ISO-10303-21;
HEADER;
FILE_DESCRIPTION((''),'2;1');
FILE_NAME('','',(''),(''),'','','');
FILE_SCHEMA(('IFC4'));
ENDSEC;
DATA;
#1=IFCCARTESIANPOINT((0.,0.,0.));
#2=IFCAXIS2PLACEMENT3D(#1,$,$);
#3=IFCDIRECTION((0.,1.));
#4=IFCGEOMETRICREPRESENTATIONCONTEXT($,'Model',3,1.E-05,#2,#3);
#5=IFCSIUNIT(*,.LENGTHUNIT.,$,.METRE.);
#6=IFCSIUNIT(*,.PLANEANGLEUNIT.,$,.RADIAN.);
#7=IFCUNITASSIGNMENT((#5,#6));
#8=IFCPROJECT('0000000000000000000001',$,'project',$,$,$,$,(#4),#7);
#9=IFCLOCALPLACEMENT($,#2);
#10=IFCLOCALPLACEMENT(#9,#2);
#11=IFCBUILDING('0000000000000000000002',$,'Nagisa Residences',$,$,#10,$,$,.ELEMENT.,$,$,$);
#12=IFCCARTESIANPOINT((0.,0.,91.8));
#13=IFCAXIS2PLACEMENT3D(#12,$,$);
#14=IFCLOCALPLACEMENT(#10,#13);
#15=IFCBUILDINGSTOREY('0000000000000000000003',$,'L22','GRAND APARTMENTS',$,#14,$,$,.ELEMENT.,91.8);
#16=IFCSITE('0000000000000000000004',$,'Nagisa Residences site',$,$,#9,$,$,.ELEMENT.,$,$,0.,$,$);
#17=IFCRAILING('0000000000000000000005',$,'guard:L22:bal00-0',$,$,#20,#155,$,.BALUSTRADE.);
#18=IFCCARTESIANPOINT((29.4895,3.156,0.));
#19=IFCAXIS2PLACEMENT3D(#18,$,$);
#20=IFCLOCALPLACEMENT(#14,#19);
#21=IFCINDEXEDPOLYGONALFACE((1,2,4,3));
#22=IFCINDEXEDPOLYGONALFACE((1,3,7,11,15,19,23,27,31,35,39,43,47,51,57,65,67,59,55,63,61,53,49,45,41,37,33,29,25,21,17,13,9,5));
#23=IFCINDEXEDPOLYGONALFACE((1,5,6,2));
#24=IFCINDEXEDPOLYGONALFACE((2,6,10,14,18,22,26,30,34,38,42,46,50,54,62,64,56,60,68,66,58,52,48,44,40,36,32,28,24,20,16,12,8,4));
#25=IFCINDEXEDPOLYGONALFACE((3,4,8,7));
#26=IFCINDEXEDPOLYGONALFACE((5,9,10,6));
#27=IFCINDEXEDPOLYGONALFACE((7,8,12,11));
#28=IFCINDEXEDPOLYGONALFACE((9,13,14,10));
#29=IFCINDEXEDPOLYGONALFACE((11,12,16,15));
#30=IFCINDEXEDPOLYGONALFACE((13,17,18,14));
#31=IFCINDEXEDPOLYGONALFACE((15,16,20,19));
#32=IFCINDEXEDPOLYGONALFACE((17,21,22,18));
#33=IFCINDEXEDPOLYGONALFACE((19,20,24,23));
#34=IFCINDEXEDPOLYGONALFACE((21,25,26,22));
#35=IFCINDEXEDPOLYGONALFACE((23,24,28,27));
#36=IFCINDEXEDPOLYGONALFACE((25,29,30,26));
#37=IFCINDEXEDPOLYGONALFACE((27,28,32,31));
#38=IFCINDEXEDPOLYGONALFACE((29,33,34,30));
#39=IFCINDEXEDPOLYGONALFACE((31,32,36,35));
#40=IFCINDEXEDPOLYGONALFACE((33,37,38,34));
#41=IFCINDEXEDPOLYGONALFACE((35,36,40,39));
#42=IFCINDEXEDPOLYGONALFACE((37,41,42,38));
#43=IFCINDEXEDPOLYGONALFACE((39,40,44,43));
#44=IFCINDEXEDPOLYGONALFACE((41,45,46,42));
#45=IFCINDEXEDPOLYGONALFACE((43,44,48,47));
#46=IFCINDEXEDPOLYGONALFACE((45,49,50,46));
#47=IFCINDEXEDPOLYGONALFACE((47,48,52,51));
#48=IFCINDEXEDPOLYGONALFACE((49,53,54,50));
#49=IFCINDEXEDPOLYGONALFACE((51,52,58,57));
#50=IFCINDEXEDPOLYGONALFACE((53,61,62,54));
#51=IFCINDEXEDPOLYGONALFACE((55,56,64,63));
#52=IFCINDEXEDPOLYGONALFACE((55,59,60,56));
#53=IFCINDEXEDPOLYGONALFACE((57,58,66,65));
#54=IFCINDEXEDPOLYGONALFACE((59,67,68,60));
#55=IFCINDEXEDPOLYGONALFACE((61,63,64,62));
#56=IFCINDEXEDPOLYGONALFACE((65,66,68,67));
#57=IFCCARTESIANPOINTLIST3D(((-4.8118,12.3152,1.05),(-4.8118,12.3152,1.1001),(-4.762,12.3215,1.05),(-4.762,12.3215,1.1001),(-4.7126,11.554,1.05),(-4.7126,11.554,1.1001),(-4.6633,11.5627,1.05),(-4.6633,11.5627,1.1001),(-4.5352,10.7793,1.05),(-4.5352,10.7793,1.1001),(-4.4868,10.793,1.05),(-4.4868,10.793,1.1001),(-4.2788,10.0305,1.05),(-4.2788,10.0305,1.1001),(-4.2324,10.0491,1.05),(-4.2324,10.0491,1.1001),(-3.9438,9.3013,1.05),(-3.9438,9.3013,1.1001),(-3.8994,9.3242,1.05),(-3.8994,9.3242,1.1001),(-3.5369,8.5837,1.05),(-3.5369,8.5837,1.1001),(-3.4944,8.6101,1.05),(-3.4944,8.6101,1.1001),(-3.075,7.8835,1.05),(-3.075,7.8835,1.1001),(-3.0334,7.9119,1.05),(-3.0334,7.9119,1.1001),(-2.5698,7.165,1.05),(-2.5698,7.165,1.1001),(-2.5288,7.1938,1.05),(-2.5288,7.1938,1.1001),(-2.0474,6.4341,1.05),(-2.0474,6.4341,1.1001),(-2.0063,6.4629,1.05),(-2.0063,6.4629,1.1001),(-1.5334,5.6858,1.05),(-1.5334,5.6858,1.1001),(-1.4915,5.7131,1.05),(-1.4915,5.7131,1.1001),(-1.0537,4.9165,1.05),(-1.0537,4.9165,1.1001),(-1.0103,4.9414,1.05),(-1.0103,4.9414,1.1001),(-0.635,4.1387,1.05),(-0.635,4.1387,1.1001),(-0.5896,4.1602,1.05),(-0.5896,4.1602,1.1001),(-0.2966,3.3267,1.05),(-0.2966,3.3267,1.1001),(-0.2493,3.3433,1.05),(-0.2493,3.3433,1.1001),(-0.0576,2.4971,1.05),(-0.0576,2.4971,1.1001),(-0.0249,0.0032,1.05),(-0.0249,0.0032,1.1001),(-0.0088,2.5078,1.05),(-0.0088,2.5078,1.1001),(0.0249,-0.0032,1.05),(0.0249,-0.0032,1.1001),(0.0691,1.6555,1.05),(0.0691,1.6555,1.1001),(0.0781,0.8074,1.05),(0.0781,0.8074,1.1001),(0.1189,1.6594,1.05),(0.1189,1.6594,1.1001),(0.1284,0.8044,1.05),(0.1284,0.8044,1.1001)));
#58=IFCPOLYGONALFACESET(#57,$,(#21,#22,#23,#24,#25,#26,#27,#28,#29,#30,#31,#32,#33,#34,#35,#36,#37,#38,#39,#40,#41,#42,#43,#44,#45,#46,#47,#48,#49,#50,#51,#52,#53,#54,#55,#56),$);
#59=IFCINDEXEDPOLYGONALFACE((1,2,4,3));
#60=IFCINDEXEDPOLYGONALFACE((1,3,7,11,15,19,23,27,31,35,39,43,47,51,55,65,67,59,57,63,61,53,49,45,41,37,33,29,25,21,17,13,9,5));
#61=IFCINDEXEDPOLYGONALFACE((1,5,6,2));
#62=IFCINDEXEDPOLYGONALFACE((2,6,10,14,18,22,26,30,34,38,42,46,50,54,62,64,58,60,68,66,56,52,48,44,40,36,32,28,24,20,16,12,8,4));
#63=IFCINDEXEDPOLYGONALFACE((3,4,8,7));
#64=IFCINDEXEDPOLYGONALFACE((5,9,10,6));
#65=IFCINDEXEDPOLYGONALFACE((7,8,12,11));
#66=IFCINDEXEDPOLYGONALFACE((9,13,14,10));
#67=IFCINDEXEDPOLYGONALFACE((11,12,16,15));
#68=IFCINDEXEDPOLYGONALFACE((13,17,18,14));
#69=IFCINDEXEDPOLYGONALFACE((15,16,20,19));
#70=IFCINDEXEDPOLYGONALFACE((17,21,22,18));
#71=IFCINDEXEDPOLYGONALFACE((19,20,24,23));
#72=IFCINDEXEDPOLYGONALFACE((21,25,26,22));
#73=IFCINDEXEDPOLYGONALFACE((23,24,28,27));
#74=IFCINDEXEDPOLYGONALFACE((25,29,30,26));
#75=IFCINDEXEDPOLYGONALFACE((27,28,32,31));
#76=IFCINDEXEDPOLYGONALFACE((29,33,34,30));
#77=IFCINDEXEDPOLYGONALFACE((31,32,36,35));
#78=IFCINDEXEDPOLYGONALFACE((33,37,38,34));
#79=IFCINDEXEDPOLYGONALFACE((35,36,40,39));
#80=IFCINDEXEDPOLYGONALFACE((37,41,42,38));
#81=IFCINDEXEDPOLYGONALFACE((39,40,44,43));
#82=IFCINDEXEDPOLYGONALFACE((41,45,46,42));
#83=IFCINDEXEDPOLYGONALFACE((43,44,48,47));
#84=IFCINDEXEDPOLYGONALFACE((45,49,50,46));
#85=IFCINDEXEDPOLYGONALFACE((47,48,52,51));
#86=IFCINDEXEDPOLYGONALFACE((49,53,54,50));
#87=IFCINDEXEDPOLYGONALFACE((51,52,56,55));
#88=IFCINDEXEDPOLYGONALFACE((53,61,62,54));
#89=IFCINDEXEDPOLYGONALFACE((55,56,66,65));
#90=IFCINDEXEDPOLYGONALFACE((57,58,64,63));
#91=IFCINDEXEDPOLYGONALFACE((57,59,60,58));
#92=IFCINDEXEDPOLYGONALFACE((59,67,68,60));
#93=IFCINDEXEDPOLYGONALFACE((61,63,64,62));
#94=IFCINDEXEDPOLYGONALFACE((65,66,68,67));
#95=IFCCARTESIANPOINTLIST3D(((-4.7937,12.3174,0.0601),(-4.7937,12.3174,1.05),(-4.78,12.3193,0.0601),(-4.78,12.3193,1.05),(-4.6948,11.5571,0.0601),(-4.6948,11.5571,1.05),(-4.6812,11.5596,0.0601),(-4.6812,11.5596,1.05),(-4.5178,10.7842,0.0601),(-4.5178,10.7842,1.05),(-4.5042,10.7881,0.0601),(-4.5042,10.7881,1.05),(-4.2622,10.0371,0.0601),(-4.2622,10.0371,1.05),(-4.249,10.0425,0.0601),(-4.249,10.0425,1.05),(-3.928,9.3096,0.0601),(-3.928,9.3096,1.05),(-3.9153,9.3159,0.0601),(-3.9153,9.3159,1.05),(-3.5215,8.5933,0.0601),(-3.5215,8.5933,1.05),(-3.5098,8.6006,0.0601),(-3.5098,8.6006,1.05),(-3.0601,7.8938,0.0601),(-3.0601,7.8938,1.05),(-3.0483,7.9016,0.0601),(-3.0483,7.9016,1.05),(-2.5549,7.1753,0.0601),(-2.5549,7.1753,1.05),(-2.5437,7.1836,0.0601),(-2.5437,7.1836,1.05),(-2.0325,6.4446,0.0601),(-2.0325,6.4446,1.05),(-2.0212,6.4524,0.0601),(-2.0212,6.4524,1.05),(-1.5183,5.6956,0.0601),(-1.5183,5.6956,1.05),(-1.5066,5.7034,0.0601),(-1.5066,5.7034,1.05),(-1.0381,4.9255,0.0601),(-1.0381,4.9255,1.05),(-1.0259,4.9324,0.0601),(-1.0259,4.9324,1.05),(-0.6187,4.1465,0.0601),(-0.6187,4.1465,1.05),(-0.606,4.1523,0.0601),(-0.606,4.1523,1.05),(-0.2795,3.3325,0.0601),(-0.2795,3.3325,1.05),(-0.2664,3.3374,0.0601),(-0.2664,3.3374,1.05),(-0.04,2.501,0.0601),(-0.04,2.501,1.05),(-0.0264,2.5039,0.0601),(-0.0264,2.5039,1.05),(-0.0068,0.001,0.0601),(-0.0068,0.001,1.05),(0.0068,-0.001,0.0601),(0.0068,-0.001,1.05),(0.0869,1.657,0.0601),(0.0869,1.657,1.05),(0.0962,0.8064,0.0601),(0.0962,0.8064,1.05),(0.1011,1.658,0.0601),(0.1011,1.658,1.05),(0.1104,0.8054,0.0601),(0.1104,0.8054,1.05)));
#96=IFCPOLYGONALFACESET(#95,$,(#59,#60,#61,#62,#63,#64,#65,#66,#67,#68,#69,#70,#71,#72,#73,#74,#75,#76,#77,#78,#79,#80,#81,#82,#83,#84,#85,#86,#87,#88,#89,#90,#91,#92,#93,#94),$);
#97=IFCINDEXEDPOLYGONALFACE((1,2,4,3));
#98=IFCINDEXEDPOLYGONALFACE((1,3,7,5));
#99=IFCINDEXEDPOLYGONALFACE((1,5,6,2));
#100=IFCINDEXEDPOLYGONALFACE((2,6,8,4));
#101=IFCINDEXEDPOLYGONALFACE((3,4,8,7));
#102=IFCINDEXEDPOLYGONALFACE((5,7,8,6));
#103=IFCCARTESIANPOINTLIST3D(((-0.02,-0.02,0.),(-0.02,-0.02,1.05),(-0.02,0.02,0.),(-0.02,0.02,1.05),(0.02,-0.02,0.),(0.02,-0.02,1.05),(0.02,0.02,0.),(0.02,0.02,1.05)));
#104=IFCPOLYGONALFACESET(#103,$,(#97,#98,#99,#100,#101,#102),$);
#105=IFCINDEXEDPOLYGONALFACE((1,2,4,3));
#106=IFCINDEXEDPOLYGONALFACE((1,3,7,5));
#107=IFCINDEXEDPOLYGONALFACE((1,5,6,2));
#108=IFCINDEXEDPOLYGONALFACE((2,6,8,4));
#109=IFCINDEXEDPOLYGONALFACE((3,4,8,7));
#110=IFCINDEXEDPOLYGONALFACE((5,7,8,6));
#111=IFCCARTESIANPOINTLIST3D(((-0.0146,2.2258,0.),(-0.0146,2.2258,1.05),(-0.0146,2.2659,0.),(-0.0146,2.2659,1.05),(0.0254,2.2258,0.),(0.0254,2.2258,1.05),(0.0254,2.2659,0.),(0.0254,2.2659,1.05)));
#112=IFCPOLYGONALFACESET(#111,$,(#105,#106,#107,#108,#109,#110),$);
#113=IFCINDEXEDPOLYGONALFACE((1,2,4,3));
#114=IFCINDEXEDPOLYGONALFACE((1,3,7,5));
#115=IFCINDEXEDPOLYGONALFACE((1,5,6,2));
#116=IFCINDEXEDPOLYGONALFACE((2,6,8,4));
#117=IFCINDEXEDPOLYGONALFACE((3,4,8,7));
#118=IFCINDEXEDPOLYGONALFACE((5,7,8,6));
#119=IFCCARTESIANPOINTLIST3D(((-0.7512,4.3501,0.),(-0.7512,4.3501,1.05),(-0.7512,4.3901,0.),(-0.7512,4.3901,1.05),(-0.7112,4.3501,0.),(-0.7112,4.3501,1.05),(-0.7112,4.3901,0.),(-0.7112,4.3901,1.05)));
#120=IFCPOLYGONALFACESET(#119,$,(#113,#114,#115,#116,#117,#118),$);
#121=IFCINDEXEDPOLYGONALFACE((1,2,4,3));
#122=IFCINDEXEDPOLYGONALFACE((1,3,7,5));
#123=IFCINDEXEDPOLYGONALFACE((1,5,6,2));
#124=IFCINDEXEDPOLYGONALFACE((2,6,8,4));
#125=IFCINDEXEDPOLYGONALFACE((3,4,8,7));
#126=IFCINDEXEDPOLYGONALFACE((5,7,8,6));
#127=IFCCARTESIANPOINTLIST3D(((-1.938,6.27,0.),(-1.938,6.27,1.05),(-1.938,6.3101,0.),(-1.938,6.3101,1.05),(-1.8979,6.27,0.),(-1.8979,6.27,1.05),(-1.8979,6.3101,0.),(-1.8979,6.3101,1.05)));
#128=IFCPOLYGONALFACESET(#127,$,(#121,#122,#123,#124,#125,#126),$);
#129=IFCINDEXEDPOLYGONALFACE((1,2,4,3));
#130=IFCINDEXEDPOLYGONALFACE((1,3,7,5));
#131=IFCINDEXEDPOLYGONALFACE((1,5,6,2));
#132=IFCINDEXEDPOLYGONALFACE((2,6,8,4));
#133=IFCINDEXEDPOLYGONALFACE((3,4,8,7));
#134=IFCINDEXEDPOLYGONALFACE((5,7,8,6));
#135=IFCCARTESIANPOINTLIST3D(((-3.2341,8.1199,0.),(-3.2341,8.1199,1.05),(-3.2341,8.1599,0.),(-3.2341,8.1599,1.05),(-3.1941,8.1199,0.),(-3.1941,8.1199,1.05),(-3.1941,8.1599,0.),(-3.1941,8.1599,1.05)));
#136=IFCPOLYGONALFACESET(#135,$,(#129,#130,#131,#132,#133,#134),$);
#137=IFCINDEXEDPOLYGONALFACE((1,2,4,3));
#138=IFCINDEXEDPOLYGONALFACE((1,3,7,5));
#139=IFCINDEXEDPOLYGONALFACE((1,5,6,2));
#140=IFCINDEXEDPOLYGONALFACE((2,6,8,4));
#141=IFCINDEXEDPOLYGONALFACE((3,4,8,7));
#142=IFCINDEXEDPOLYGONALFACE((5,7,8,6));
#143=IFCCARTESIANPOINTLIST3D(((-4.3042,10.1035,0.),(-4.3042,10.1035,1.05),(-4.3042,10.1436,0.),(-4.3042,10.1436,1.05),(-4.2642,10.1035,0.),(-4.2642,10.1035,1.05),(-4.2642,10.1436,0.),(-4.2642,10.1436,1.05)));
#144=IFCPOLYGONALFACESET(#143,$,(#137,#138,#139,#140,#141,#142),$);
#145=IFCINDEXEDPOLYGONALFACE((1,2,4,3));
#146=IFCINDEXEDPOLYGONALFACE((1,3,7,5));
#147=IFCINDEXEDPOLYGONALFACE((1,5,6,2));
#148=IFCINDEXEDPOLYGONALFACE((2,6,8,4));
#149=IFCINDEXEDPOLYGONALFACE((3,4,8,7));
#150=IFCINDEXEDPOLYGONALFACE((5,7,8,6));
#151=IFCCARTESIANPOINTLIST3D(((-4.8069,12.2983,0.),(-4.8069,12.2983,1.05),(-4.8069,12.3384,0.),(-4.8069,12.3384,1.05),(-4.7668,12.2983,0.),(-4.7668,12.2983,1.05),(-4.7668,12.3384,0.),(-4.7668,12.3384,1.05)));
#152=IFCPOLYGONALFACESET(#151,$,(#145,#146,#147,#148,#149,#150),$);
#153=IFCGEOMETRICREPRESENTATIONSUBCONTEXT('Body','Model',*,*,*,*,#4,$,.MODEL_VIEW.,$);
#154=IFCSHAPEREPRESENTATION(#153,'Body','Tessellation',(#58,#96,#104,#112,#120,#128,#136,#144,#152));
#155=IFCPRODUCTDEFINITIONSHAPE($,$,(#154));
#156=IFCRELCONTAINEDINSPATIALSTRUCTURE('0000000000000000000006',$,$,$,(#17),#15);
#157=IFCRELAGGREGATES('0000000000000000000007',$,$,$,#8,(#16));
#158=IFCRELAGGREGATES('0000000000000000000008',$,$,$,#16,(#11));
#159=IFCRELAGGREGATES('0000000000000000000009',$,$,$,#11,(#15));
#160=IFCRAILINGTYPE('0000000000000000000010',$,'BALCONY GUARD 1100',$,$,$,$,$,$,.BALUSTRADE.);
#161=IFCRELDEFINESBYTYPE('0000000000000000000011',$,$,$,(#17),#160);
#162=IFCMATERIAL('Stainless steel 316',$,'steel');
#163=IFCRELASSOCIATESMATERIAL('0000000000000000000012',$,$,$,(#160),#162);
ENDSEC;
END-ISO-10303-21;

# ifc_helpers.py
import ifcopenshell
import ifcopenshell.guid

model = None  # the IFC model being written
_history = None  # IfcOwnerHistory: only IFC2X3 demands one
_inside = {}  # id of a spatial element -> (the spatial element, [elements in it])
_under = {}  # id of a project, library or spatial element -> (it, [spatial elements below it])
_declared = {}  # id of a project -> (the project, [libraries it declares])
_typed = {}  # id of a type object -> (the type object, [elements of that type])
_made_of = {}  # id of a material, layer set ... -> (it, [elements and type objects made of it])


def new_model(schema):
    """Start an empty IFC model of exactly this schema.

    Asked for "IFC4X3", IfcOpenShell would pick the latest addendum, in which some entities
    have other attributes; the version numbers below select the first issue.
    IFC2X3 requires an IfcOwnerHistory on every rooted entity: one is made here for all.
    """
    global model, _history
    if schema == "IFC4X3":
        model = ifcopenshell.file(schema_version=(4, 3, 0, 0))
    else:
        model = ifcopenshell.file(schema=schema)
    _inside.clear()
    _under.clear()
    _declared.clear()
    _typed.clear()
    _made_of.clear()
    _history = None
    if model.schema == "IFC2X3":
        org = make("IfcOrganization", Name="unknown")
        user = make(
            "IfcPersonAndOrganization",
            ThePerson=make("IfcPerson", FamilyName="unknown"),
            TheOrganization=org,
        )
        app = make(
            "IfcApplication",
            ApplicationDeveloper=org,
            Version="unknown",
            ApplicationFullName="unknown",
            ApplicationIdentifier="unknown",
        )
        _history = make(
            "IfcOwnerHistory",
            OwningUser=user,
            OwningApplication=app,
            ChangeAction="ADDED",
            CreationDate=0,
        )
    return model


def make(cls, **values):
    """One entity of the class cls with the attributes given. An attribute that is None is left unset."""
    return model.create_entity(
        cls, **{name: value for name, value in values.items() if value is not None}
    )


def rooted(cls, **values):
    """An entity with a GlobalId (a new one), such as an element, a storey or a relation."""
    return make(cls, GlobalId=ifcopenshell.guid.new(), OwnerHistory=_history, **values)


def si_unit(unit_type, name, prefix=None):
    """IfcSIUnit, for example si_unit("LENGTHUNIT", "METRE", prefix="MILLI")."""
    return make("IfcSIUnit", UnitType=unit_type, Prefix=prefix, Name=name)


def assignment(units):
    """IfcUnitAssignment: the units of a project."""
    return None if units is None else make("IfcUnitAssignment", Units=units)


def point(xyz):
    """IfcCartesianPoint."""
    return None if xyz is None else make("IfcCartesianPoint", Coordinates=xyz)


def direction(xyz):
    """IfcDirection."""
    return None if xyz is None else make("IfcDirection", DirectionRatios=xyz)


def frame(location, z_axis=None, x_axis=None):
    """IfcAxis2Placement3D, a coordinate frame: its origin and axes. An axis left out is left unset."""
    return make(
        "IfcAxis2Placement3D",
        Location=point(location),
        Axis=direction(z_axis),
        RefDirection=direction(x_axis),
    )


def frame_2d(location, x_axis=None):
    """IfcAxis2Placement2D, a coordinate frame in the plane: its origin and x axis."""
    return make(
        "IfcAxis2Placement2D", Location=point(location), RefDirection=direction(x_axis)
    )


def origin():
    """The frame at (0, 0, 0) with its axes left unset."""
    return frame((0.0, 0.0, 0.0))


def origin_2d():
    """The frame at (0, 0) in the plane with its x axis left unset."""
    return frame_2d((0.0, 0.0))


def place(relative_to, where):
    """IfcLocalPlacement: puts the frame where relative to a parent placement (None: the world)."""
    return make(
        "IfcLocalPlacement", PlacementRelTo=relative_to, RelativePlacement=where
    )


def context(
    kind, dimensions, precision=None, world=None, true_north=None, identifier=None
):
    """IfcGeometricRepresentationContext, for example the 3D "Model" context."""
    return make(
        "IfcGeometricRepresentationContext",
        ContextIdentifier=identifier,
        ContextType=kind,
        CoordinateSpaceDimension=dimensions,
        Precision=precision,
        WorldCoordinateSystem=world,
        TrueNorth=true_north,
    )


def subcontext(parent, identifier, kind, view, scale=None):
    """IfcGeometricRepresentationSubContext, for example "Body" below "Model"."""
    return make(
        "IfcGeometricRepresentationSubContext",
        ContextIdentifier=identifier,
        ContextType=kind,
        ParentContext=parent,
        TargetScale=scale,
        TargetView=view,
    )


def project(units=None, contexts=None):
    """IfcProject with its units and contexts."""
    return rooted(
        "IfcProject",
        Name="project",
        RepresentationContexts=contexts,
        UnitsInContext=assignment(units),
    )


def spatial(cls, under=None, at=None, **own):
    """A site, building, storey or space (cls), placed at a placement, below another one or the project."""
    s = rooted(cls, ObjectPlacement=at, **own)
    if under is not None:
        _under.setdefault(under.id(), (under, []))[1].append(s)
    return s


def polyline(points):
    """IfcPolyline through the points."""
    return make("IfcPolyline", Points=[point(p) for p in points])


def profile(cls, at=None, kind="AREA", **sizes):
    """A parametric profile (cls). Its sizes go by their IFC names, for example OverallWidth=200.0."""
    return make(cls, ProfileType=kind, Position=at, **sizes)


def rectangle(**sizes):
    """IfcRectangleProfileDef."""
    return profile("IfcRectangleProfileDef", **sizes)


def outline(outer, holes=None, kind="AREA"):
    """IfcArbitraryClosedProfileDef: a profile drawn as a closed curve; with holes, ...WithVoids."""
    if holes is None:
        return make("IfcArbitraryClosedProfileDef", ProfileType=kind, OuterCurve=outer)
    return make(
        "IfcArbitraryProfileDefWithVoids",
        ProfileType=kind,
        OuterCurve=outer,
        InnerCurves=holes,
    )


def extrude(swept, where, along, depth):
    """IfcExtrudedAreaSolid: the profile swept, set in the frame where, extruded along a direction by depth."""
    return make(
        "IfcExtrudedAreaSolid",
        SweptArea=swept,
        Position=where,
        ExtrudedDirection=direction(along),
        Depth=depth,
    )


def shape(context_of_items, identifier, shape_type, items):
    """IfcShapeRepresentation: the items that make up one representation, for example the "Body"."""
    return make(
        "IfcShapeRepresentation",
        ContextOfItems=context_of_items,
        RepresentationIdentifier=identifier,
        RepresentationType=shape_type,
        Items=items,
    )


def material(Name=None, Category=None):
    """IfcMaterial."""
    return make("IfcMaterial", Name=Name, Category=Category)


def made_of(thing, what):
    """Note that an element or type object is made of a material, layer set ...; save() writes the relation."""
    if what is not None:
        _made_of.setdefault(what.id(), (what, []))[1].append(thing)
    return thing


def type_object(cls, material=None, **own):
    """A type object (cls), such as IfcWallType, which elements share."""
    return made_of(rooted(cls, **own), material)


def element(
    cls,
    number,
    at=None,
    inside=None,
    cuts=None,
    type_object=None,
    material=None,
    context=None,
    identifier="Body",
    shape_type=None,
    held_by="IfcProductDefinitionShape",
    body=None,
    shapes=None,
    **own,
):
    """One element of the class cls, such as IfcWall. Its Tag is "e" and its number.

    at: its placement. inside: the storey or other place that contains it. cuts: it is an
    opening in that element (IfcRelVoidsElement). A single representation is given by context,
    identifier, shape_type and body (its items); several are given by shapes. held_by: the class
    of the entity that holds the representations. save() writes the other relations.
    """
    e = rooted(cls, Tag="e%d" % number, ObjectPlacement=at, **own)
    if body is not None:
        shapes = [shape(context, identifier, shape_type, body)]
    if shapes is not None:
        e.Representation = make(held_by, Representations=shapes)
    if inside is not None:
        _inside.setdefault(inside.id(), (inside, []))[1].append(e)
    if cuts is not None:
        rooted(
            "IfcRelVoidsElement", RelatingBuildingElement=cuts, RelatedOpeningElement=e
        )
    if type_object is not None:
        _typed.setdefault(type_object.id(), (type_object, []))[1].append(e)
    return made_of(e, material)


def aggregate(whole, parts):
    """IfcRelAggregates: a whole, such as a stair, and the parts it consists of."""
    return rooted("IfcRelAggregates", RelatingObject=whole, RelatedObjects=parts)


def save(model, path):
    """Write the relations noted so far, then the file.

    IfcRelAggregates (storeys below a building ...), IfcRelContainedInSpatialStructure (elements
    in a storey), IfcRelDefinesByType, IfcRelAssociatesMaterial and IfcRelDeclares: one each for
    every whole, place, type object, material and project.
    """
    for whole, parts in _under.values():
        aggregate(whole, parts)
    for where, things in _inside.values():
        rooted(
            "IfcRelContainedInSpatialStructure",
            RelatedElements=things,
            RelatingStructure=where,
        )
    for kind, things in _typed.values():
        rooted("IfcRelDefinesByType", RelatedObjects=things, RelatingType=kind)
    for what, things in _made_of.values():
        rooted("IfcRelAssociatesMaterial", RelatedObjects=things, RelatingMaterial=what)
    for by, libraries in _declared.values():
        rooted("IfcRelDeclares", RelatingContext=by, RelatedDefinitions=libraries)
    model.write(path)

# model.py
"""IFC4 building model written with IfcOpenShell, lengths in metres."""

from ifc_helpers import new_model, si_unit, direction, frame, origin, origin_2d, place, context, subcontext, project, spatial, polyline, rectangle, outline, extrude, material, type_object, element, save


model = new_model("IFC4")

# Units and contexts
model_context = context("Model", 3, precision=1e-05, world=origin(), true_north=direction((0.0, 1.0)))
body_context = subcontext(model_context, "Body", "Model", "MODEL_VIEW")
ifc_project = project(units=[si_unit("LENGTHUNIT", "METRE"), si_unit("PLANEANGLEUNIT", "RADIAN")], contexts=[model_context])

# Site, building, storey
site_placement = place(None, origin())
site = spatial("IfcSite", under=ifc_project, at=site_placement, Name="Nagisa Residences site", CompositionType="ELEMENT", RefElevation=0.0)
building_placement = place(site_placement, origin())
building = spatial("IfcBuilding", under=site, at=building_placement, Name="Nagisa Residences", CompositionType="ELEMENT")
storey_placement = place(building_placement, frame((0.0, 0.0, 91.8)))
storey = spatial("IfcBuildingStorey", under=building, at=storey_placement, Name="L22", Description="GRAND APARTMENTS", CompositionType="ELEMENT", Elevation=91.8)

# Railing
ifc_material_1 = material(Name="Stainless steel 316", Category="steel")
railing_type = type_object("IfcRailingType", Name="BALCONY GUARD 1100", PredefinedType="BALUSTRADE", material=ifc_material_1)
railing_placement = place(storey_placement, frame((29.4895, 3.156, 0.0)))
element("IfcRailing", 1, at=railing_placement, inside=storey, type_object=railing_type, Name="guard:L22:bal00-0", PredefinedType="BALUSTRADE", context=body_context, shape_type="SweptSolid", body=[
    extrude(outline(polyline([(0.0781, 0.8074), (-0.0249, 0.0032), (0.0249, -0.0032), (0.1284, 0.8044), (0.1189, 1.6594), (-0.0088, 2.5078), (-0.2493, 3.3433), (-0.5896, 4.1602), (-1.0103, 4.9414), (-1.4915, 5.7131), (-2.0063, 6.4629), (-2.5288, 7.1938), (-3.0334, 7.9119), (-3.4944, 8.6101), (-3.8994, 9.3242), (-4.2324, 10.0491), (-4.4868, 10.793), (-4.6633, 11.5627), (-4.762, 12.3215), (-4.8118, 12.3152), (-4.7126, 11.554), (-4.5352, 10.7793), (-4.2788, 10.0305), (-3.9438, 9.3013), (-3.5369, 8.5837), (-3.075, 7.8835), (-2.5698, 7.165), (-2.0474, 6.4341), (-1.5334, 5.6858), (-1.0537, 4.9165), (-0.635, 4.1387), (-0.2966, 3.3267), (-0.0576, 2.4971), (0.0691, 1.6555), (0.0781, 0.8074)])), frame((0.0, 0.0, 1.05)), (0.0, 0.0, 1.0), 0.05),
    extrude(outline(polyline([(0.0962, 0.8064), (-0.0068, 0.001), (0.0068, -0.001), (0.1104, 0.8054), (0.1011, 1.658), (-0.0264, 2.5039), (-0.2664, 3.3374), (-0.606, 4.1523), (-1.0259, 4.9324), (-1.5066, 5.7034), (-2.0212, 6.4524), (-2.5437, 7.1836), (-3.0483, 7.9016), (-3.5098, 8.6006), (-3.9153, 9.3159), (-4.249, 10.0425), (-4.5042, 10.7881), (-4.6812, 11.5596), (-4.78, 12.3193), (-4.7937, 12.3174), (-4.6948, 11.5571), (-4.5178, 10.7842), (-4.2622, 10.0371), (-3.928, 9.3096), (-3.5215, 8.5933), (-3.0601, 7.8938), (-2.5549, 7.1753), (-2.0325, 6.4446), (-1.5183, 5.6956), (-1.0381, 4.9255), (-0.6187, 4.1465), (-0.2795, 3.3325), (-0.04, 2.501), (0.0869, 1.657), (0.0962, 0.8064)])), frame((0.0, 0.0, 0.0601)), (0.0, 0.0, 1.0), 0.99),
    extrude(rectangle(XDim=0.04, YDim=0.04, at=origin_2d()), origin(), (0.0, 0.0, 1.0), 1.05),
    extrude(rectangle(XDim=0.04, YDim=0.04, at=origin_2d()), frame((0.0054, 2.2458, 0.0)), (0.0, 0.0, 1.0), 1.05),
    extrude(rectangle(XDim=0.04, YDim=0.04, at=origin_2d()), frame((-0.7312, 4.3701, 0.0)), (0.0, 0.0, 1.0), 1.05),
    extrude(rectangle(XDim=0.04, YDim=0.04, at=origin_2d()), frame((-1.918, 6.29, 0.0)), (0.0, 0.0, 1.0), 1.05),
    extrude(rectangle(XDim=0.04, YDim=0.04, at=origin_2d()), frame((-3.2141, 8.1399, 0.0)), (0.0, 0.0, 1.0), 1.05),
    extrude(rectangle(XDim=0.04, YDim=0.04, at=origin_2d()), frame((-4.2842, 10.1235, 0.0)), (0.0, 0.0, 1.0), 1.05),
    extrude(rectangle(XDim=0.04, YDim=0.04, at=origin_2d()), frame((-4.7869, 12.3184, 0.0)), (0.0, 0.0, 1.0), 1.05),
])

save(model, "model.ifc")
